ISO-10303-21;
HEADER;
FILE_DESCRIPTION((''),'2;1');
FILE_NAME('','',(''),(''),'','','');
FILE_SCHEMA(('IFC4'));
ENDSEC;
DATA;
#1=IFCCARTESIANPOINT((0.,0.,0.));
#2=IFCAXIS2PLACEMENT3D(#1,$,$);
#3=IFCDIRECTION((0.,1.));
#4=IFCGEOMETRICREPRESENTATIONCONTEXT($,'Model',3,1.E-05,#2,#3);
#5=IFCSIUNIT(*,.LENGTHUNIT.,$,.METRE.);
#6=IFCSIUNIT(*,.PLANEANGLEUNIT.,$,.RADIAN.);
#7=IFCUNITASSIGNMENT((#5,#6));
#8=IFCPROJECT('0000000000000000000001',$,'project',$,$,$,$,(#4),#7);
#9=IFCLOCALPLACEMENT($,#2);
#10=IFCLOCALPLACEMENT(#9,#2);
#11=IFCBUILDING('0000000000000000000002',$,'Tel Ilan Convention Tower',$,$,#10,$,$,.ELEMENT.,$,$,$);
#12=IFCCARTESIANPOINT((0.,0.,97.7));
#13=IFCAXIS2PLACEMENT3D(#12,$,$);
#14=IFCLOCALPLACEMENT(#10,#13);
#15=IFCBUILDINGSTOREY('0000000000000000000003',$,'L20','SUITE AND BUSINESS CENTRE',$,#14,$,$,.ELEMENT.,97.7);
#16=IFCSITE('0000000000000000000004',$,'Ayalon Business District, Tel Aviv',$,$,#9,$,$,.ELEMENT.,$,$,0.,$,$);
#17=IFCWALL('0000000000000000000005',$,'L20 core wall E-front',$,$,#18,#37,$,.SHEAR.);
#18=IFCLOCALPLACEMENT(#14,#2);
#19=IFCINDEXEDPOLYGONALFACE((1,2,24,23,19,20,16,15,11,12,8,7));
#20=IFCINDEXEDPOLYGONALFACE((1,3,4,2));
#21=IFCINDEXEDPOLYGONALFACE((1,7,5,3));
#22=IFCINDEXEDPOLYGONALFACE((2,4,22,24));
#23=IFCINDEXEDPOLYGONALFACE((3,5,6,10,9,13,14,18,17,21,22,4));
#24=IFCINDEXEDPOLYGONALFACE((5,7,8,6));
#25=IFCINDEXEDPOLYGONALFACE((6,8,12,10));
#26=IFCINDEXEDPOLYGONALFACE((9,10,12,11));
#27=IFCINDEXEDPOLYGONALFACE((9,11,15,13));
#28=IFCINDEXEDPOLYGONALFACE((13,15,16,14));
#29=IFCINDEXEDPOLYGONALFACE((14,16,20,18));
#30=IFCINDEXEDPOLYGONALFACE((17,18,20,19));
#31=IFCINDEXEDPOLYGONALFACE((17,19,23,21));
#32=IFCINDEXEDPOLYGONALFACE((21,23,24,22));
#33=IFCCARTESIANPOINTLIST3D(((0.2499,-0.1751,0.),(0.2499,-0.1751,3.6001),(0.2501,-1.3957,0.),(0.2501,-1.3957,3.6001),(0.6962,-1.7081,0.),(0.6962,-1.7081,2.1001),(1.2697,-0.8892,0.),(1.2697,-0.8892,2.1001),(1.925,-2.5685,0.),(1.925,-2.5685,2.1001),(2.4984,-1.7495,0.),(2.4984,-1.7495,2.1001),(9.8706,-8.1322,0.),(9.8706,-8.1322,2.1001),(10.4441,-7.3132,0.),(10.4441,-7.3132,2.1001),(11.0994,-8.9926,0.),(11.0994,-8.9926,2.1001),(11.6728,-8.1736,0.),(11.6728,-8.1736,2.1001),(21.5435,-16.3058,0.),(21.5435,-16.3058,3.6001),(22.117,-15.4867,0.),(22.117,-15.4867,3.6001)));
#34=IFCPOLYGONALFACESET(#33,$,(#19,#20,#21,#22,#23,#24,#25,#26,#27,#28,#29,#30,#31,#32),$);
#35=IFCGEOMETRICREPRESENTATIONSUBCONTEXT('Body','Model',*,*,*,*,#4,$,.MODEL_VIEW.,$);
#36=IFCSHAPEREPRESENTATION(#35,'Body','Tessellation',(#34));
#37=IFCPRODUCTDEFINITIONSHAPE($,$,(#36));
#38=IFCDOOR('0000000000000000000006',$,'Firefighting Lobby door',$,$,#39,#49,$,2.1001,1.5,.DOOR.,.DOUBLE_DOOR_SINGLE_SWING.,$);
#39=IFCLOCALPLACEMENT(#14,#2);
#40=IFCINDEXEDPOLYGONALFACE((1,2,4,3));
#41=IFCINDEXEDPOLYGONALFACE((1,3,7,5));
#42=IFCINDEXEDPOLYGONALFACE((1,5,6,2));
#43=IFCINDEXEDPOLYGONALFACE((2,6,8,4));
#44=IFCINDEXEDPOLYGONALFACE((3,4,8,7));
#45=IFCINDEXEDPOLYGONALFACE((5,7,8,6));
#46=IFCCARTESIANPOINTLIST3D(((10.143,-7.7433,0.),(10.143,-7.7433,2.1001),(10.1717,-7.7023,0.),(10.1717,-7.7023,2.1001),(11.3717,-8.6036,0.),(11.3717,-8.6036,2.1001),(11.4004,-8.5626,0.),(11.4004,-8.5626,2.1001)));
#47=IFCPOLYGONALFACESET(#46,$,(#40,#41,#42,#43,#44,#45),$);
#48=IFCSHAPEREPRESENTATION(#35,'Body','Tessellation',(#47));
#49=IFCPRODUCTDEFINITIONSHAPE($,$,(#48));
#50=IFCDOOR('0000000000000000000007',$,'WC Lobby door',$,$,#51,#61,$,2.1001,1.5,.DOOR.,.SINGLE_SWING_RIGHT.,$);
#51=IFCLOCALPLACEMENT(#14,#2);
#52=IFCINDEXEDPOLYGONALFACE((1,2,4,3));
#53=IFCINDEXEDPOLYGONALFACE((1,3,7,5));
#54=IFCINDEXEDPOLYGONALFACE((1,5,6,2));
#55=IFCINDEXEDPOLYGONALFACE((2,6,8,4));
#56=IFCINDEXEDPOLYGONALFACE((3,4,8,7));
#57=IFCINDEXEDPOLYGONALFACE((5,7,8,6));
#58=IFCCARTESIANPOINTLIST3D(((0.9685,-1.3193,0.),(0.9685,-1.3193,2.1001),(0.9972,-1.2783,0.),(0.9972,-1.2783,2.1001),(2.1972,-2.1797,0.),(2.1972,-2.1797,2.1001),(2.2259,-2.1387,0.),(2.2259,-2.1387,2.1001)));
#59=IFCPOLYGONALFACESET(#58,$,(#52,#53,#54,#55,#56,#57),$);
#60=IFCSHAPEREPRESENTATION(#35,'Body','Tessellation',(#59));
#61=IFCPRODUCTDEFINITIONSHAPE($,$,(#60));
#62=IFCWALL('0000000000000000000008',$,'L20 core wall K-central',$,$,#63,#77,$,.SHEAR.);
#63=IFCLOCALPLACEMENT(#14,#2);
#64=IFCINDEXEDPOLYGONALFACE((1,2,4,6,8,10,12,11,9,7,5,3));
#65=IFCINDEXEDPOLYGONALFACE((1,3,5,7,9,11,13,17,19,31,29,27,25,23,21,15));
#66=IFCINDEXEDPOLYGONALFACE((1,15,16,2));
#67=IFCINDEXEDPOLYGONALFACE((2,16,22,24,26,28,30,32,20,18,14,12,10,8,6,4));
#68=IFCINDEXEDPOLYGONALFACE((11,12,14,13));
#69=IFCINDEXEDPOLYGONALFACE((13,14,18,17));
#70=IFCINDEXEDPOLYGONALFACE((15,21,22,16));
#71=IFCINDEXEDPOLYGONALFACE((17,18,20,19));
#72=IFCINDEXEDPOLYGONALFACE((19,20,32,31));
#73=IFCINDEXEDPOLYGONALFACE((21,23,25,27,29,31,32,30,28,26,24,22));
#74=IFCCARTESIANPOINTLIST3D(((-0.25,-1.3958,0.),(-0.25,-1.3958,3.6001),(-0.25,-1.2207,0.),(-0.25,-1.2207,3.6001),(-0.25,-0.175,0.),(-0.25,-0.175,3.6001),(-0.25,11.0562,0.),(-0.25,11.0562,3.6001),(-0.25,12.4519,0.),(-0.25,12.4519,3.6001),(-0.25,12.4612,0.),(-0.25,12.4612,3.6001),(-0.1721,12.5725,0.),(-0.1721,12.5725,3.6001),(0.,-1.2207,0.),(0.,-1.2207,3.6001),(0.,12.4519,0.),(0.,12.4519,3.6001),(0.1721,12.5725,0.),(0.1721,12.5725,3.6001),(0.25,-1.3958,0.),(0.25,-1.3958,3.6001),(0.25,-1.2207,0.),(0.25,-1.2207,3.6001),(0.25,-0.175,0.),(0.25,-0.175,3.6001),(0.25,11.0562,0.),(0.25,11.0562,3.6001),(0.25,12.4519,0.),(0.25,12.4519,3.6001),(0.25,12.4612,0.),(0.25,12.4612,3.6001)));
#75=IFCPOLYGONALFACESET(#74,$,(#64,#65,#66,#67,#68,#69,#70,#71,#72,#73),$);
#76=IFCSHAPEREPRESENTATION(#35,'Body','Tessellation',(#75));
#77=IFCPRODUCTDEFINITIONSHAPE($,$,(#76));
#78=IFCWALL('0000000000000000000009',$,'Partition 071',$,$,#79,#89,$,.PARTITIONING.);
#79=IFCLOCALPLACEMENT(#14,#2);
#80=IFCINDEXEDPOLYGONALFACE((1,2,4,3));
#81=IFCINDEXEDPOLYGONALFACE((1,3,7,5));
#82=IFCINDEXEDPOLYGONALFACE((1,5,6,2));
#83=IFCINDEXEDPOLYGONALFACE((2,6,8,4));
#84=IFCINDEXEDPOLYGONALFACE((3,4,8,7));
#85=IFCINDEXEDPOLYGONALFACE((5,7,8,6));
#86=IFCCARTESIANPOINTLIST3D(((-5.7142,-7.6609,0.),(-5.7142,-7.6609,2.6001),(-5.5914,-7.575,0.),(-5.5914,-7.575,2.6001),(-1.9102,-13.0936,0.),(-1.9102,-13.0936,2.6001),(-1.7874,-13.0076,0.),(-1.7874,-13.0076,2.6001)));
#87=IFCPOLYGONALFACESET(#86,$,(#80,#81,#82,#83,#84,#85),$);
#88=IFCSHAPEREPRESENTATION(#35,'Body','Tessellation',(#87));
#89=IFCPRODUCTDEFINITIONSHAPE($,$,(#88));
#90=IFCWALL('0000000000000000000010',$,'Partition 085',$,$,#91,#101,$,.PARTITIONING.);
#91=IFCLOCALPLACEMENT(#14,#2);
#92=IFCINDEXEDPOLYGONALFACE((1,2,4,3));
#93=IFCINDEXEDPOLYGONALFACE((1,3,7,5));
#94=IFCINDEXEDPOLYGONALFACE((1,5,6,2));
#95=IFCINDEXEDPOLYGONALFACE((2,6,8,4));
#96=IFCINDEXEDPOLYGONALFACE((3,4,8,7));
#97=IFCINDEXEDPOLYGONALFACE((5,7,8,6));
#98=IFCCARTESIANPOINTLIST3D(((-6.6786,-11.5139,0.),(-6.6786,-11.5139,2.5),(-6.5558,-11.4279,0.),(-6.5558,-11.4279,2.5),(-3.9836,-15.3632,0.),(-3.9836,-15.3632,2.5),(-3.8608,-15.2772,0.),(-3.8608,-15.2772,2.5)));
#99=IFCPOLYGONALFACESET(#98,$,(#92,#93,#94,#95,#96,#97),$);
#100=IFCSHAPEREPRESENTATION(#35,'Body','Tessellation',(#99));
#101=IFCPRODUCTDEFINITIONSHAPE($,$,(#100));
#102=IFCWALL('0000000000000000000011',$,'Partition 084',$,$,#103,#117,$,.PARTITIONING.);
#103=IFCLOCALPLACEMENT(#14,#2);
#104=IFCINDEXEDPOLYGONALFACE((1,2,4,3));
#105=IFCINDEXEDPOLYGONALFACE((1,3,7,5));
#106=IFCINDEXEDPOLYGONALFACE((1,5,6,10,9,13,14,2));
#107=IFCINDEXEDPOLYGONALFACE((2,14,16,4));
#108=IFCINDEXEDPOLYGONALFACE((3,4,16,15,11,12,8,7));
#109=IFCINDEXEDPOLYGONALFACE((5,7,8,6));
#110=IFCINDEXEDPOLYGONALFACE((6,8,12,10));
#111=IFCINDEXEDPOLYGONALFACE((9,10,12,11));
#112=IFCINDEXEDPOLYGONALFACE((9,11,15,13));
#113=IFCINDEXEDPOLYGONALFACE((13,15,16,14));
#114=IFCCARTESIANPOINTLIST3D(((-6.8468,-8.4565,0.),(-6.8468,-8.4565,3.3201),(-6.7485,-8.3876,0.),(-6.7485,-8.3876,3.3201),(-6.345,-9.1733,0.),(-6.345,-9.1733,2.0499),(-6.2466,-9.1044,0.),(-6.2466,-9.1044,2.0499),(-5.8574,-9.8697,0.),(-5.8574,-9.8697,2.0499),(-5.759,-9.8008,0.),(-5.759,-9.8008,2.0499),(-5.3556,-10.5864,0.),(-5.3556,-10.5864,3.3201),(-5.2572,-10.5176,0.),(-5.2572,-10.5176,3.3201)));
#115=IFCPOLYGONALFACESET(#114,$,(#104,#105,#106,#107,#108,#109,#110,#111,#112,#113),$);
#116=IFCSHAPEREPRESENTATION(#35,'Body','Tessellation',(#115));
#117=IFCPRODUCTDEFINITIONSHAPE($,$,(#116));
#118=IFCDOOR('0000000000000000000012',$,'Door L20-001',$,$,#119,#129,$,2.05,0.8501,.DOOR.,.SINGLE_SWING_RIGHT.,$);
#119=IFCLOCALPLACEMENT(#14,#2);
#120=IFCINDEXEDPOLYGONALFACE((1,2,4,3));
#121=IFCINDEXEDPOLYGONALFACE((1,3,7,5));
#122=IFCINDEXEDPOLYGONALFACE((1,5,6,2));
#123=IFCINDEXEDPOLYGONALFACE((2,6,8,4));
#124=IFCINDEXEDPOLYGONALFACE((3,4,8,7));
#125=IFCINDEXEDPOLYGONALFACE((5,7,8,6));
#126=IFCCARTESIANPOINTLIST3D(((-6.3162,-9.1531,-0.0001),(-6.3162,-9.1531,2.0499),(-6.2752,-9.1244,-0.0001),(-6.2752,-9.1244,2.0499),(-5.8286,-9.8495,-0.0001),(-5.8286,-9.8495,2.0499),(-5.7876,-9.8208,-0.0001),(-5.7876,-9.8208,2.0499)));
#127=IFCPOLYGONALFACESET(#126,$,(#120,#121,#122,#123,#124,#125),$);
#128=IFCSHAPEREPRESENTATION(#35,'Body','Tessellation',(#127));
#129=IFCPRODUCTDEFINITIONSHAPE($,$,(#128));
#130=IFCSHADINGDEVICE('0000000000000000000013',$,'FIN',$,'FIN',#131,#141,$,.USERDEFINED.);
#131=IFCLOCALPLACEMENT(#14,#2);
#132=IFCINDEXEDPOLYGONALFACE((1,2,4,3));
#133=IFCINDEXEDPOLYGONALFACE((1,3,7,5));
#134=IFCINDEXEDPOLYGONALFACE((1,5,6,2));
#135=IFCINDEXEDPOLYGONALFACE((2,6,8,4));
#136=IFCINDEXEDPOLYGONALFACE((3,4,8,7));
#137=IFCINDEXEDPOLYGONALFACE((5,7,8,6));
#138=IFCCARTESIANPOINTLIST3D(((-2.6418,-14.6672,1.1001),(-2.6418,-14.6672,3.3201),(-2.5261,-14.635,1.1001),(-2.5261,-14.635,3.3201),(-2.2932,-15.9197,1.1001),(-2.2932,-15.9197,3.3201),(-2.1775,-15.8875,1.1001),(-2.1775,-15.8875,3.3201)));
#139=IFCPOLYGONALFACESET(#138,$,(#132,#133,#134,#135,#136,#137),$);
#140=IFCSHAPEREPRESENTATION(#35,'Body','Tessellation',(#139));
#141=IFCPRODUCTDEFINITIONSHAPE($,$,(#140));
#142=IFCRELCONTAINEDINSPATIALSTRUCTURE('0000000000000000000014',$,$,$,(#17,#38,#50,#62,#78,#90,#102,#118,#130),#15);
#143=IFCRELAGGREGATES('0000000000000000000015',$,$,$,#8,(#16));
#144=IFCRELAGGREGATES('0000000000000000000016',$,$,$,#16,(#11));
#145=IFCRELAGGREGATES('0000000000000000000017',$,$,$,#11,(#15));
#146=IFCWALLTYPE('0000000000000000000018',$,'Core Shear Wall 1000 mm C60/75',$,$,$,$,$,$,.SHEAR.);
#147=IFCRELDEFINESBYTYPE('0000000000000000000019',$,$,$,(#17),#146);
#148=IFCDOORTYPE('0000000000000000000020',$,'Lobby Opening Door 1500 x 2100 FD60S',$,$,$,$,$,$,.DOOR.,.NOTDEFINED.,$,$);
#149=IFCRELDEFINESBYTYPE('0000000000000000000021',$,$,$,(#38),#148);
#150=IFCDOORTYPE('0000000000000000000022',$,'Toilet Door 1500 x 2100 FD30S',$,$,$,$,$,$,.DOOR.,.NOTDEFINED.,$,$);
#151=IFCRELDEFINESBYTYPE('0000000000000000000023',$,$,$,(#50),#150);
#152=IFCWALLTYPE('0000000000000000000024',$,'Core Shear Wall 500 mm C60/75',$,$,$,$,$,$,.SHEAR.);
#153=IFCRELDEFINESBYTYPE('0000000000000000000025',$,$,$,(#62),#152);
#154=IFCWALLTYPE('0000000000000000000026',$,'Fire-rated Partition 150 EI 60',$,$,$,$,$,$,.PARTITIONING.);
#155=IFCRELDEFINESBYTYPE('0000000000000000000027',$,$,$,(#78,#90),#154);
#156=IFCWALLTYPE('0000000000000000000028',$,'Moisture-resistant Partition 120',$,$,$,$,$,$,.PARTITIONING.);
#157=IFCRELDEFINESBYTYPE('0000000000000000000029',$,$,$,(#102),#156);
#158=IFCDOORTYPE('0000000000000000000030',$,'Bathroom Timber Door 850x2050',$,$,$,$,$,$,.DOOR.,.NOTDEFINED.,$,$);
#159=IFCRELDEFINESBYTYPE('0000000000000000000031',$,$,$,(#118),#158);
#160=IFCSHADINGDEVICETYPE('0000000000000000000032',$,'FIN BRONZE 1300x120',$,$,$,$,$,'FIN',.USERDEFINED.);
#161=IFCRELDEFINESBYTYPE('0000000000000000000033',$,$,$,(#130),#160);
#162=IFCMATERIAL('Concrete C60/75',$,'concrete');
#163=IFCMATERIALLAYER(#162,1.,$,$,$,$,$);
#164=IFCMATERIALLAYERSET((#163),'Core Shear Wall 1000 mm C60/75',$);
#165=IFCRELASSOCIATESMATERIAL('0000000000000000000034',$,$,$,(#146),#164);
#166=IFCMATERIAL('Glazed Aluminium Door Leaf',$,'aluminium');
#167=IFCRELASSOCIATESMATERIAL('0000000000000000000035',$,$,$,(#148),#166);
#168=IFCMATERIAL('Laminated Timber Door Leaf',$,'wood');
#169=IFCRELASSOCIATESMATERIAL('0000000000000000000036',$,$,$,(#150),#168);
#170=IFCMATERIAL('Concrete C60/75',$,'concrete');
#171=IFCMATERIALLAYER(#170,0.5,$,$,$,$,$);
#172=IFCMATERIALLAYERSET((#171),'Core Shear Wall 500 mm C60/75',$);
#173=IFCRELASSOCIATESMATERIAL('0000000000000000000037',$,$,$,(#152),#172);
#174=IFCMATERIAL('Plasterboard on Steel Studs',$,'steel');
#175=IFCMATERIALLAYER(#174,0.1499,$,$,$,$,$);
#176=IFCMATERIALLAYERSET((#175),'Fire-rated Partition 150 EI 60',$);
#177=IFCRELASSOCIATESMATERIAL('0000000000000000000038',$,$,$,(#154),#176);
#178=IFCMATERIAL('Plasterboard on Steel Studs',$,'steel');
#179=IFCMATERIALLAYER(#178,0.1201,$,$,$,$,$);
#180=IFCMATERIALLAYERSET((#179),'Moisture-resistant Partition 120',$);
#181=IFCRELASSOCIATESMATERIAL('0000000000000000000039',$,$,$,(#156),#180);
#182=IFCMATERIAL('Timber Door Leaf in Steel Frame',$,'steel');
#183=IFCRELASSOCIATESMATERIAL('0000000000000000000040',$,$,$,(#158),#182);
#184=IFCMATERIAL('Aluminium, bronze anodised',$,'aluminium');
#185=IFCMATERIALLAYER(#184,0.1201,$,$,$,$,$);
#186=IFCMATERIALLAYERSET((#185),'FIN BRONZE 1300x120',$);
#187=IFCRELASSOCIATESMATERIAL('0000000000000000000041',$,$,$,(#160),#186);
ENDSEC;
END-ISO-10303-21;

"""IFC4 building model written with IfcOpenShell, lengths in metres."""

from ifc_helpers import new_model, si_unit, direction, frame, frame_2d, origin, origin_2d, place, context, subcontext, project, spatial, polyline, rectangle, outline, extrude, material, layer, layer_set, type_object, element, fill, save


model = new_model("IFC4")

# Units and contexts
model_context = context("Model", 3, precision=1e-05, world=origin(), true_north=direction((0.0, 1.0)))
body_context = subcontext(model_context, "Body", "Model", "MODEL_VIEW")
ifc_project = project(units=[si_unit("LENGTHUNIT", "METRE"), si_unit("PLANEANGLEUNIT", "RADIAN")], contexts=[model_context])

# Site, building, storey
site_placement = place(None, origin())
site = spatial("IfcSite", under=ifc_project, at=site_placement, Name="Ayalon Business District, Tel Aviv", CompositionType="ELEMENT", RefElevation=0.0)
building_placement = place(site_placement, origin())
building = spatial("IfcBuilding", under=site, at=building_placement, Name="Tel Ilan Convention Tower", CompositionType="ELEMENT")
storey_placement = place(building_placement, frame((0.0, 0.0, 97.7)))
storey = spatial("IfcBuildingStorey", under=building, at=storey_placement, Name="L20", Description="SUITE AND BUSINESS CENTRE", CompositionType="ELEMENT", Elevation=97.7)

# Wall, openings, doors
ifc_material_1 = material(Name="Concrete C60/75", Category="concrete")
ifc_layer_1 = layer(ifc_material_1, 1.0)
ifc_layer_set_1 = layer_set([ifc_layer_1], Name="Core Shear Wall 1000 mm C60/75")
wall_type_1 = type_object("IfcWallType", Name="Core Shear Wall 1000 mm C60/75", PredefinedType="SHEAR", material=ifc_layer_set_1)
wall_1_placement = place(storey_placement, frame((-0.0369, -0.5847, 0.0), z_axis=(0.0, 0.0, 1.0), x_axis=(0.819157, -0.573569, 0.0)))
wall_1 = element("IfcWall", 1, at=wall_1_placement, inside=storey, type_object=wall_type_1, Name="L20 core wall E-front", PredefinedType="SHEAR", context=body_context, shape_type="SweptSolid", body=[
    extrude(outline(polyline([(26.6948, 0.4998), (0.0, 0.5), (0.7002, -0.4998), (26.6948, -0.5002), (26.6948, 0.4998)])), origin(), (0.0, 0.0, 1.0), 3.6001),
])
opening_1_placement = place(wall_1_placement, frame((1.2449, 0.0, 0.0)))
opening_1 = element("IfcOpeningElement", 2, at=opening_1_placement, cuts=wall_1, PredefinedType="OPENING", context=body_context, shape_type="SweptSolid", body=[
    extrude(rectangle(XDim=1.5, YDim=2.1001, at=frame_2d((0.75, 1.05))), frame((0.0, 0.51, 0.0), z_axis=(0.0, -1.0, 0.0), x_axis=(1.0, 0.0, 0.0)), (0.0, 0.0, 1.0), 1.02),
])
opening_2_placement = place(wall_1_placement, frame((12.4448, 0.0, 0.0)))
opening_2 = element("IfcOpeningElement", 3, at=opening_2_placement, cuts=wall_1, PredefinedType="OPENING", context=body_context, shape_type="SweptSolid", body=[
    extrude(rectangle(XDim=1.5, YDim=2.1001, at=frame_2d((0.75, 1.05))), frame((0.0, 0.51, 0.0), z_axis=(0.0, -1.0, 0.0), x_axis=(1.0, 0.0, 0.0)), (0.0, 0.0, 1.0), 1.02),
])
ifc_material_2 = material(Name="Glazed Aluminium Door Leaf", Category="aluminium")
door_type_1 = type_object("IfcDoorType", Name="Lobby Opening Door 1500 x 2100 FD60S", OperationType="NOTDEFINED", PredefinedType="DOOR", material=ifc_material_2)
door_1_placement = place(opening_2_placement, origin())
door_1 = element("IfcDoor", 4, at=door_1_placement, inside=storey, type_object=door_type_1, Name="Firefighting Lobby door", OperationType="DOUBLE_DOOR_SINGLE_SWING", OverallHeight=2.1001, OverallWidth=1.5, PredefinedType="DOOR", context=body_context, shape_type="SweptSolid", body=[
    extrude(rectangle(XDim=1.5, YDim=2.1001, at=frame_2d((0.75, 1.05))), frame((0.0, 0.0249, 0.0), z_axis=(0.0, -1.0, 0.0), x_axis=(1.0, 0.0, 0.0)), (0.0, 0.0, 1.0), 0.05),
])
fill(opening_2, door_1)
ifc_material_3 = material(Name="Laminated Timber Door Leaf", Category="wood")
door_type_2 = type_object("IfcDoorType", Name="Toilet Door 1500 x 2100 FD30S", OperationType="NOTDEFINED", PredefinedType="DOOR", material=ifc_material_3)
door_2_placement = place(opening_1_placement, origin())
door_2 = element("IfcDoor", 5, at=door_2_placement, inside=storey, type_object=door_type_2, Name="WC Lobby door", OperationType="SINGLE_SWING_RIGHT", OverallHeight=2.1001, OverallWidth=1.5, PredefinedType="DOOR", context=body_context, shape_type="SweptSolid", body=[
    extrude(rectangle(XDim=1.5, YDim=2.1001, at=frame_2d((0.75, 1.05))), frame((0.0, 0.0249, 0.0), z_axis=(0.0, -1.0, 0.0), x_axis=(1.0, 0.0, 0.0)), (0.0, 0.0, 1.0), 0.05),
])
fill(opening_1, door_2)

# Walls
ifc_material_4 = material(Name="Concrete C60/75", Category="concrete")
ifc_layer_2 = layer(ifc_material_4, 0.5)
ifc_layer_set_2 = layer_set([ifc_layer_2], Name="Core Shear Wall 500 mm C60/75")
wall_type_2 = type_object("IfcWallType", Name="Core Shear Wall 500 mm C60/75", PredefinedType="SHEAR", material=ifc_layer_set_2)
wall_2_placement = place(storey_placement, frame((0.0, -1.3958, 0.0), z_axis=(0.0, 0.0, 1.0), x_axis=(0.0, 1.0, 0.0)))
element("IfcWall", 6, at=wall_2_placement, inside=storey, type_object=wall_type_2, Name="L20 core wall K-central", PredefinedType="SHEAR", context=body_context, shape_type="SweptSolid", body=[
    extrude(outline(polyline([(0.0, -0.25), (0.175, -0.25), (1.2207, -0.25), (12.4519, -0.25), (13.8477, -0.25), (13.8569, -0.25), (13.9683, -0.1721), (13.8477, 0.0), (13.9683, 0.1721), (13.8569, 0.25), (13.8477, 0.25), (12.4519, 0.25), (1.2207, 0.25), (0.175, 0.25), (0.0, 0.25), (0.175, 0.0), (0.0, -0.25)])), origin(), (0.0, 0.0, 1.0), 3.6001),
])
ifc_material_5 = material(Name="Plasterboard on Steel Studs", Category="steel")
ifc_layer_3 = layer(ifc_material_5, 0.1499)
ifc_layer_set_3 = layer_set([ifc_layer_3], Name="Fire-rated Partition 150 EI 60")
wall_type_3 = type_object("IfcWallType", Name="Fire-rated Partition 150 EI 60", PredefinedType="PARTITIONING", material=ifc_layer_set_3)
wall_3_placement = place(storey_placement, frame((-1.8489, -13.0505, 0.0), z_axis=(0.0, 0.0, 1.0), x_axis=(-0.573576, 0.819152, 0.0)))
element("IfcWall", 7, at=wall_3_placement, inside=storey, type_object=wall_type_3, Name="Partition 071", PredefinedType="PARTITIONING", context=body_context, shape_type="SweptSolid", body=[
    extrude(rectangle(XDim=6.6321, YDim=0.1499, at=frame_2d((3.3159, 0.0))), origin(), (0.0, 0.0, 1.0), 2.6001),
])
wall_4_placement = place(storey_placement, frame((-3.9221, -15.3203, 0.0), z_axis=(0.0, 0.0, 1.0), x_axis=(-0.573536, 0.819181, 0.0)))
element("IfcWall", 8, at=wall_4_placement, inside=storey, type_object=wall_type_3, Name="Partition 085", PredefinedType="PARTITIONING", context=body_context, shape_type="SweptSolid", body=[
    extrude(rectangle(XDim=4.699, YDim=0.1499, at=frame_2d((2.3496, 0.0))), origin(), (0.0, 0.0, 1.0), 2.5),
])

# Wall, opening, door
ifc_material_6 = material(Name="Plasterboard on Steel Studs", Category="steel")
ifc_layer_4 = layer(ifc_material_6, 0.1201)
ifc_layer_set_4 = layer_set([ifc_layer_4], Name="Moisture-resistant Partition 120")
wall_type_4 = type_object("IfcWallType", Name="Moisture-resistant Partition 120", PredefinedType="PARTITIONING", material=ifc_layer_set_4)
wall_5_placement = place(storey_placement, frame((-5.3064, -10.552, 0.0), z_axis=(0.0, 0.0, 1.0), x_axis=(-0.573538, 0.819179, 0.0)))
wall_5 = element("IfcWall", 9, at=wall_5_placement, inside=storey, type_object=wall_type_4, Name="Partition 084", PredefinedType="PARTITIONING", context=body_context, shape_type="SweptSolid", body=[
    extrude(rectangle(XDim=2.6001, YDim=0.1201, at=frame_2d((1.3, 0.0))), origin(), (0.0, 0.0, 1.0), 3.3201),
])
opening_3_placement = place(wall_5_placement, frame((0.875, 0.0, 0.0)))
opening_3 = element("IfcOpeningElement", 10, at=opening_3_placement, cuts=wall_5, PredefinedType="OPENING", context=body_context, shape_type="SweptSolid", body=[
    extrude(rectangle(XDim=0.8501, YDim=2.05, at=frame_2d((0.425, 1.0249))), frame((0.0, 0.0701, 0.0), z_axis=(0.0, -1.0, 0.0), x_axis=(1.0, 0.0, 0.0)), (0.0, 0.0, 1.0), 0.1401),
])
ifc_material_7 = material(Name="Timber Door Leaf in Steel Frame", Category="steel")
door_type_3 = type_object("IfcDoorType", Name="Bathroom Timber Door 850x2050", OperationType="NOTDEFINED", PredefinedType="DOOR", material=ifc_material_7)
door_3_placement = place(opening_3_placement, origin())
door_3 = element("IfcDoor", 11, at=door_3_placement, inside=storey, type_object=door_type_3, Name="Door L20-001", OperationType="SINGLE_SWING_RIGHT", OverallHeight=2.05, OverallWidth=0.8501, PredefinedType="DOOR", context=body_context, shape_type="SweptSolid", body=[
    extrude(rectangle(XDim=0.8501, YDim=2.05, at=frame_2d((0.425, 1.0249))), frame((0.0, 0.0249, 0.0), z_axis=(0.0, -1.0, 0.0), x_axis=(1.0, 0.0, 0.0)), (0.0, 0.0, 1.0), 0.05),
])
fill(opening_3, door_3)

# Shading device
ifc_material_8 = material(Name="Aluminium, bronze anodised", Category="aluminium")
ifc_layer_5 = layer(ifc_material_8, 0.1201)
ifc_layer_set_5 = layer_set([ifc_layer_5], Name="FIN BRONZE 1300x120")
shading_device_type = type_object("IfcShadingDeviceType", Name="FIN BRONZE 1300x120", ElementType="FIN", PredefinedType="USERDEFINED", material=ifc_layer_set_5)
shading_device_placement = place(storey_placement, frame((-2.4097, -15.2773, 1.1001), z_axis=(0.0, 0.0, 1.0), x_axis=(0.268173, -0.963371, 0.0)))
element("IfcShadingDevice", 12, at=shading_device_placement, inside=storey, type_object=shading_device_type, Name="FIN", ObjectType="FIN", PredefinedType="USERDEFINED", context=body_context, shape_type="SweptSolid", body=[
    extrude(rectangle(XDim=1.3, YDim=0.1201, at=origin_2d()), origin(), (0.0, 0.0, 1.0), 2.22),
])

save(model, "model.ifc")
